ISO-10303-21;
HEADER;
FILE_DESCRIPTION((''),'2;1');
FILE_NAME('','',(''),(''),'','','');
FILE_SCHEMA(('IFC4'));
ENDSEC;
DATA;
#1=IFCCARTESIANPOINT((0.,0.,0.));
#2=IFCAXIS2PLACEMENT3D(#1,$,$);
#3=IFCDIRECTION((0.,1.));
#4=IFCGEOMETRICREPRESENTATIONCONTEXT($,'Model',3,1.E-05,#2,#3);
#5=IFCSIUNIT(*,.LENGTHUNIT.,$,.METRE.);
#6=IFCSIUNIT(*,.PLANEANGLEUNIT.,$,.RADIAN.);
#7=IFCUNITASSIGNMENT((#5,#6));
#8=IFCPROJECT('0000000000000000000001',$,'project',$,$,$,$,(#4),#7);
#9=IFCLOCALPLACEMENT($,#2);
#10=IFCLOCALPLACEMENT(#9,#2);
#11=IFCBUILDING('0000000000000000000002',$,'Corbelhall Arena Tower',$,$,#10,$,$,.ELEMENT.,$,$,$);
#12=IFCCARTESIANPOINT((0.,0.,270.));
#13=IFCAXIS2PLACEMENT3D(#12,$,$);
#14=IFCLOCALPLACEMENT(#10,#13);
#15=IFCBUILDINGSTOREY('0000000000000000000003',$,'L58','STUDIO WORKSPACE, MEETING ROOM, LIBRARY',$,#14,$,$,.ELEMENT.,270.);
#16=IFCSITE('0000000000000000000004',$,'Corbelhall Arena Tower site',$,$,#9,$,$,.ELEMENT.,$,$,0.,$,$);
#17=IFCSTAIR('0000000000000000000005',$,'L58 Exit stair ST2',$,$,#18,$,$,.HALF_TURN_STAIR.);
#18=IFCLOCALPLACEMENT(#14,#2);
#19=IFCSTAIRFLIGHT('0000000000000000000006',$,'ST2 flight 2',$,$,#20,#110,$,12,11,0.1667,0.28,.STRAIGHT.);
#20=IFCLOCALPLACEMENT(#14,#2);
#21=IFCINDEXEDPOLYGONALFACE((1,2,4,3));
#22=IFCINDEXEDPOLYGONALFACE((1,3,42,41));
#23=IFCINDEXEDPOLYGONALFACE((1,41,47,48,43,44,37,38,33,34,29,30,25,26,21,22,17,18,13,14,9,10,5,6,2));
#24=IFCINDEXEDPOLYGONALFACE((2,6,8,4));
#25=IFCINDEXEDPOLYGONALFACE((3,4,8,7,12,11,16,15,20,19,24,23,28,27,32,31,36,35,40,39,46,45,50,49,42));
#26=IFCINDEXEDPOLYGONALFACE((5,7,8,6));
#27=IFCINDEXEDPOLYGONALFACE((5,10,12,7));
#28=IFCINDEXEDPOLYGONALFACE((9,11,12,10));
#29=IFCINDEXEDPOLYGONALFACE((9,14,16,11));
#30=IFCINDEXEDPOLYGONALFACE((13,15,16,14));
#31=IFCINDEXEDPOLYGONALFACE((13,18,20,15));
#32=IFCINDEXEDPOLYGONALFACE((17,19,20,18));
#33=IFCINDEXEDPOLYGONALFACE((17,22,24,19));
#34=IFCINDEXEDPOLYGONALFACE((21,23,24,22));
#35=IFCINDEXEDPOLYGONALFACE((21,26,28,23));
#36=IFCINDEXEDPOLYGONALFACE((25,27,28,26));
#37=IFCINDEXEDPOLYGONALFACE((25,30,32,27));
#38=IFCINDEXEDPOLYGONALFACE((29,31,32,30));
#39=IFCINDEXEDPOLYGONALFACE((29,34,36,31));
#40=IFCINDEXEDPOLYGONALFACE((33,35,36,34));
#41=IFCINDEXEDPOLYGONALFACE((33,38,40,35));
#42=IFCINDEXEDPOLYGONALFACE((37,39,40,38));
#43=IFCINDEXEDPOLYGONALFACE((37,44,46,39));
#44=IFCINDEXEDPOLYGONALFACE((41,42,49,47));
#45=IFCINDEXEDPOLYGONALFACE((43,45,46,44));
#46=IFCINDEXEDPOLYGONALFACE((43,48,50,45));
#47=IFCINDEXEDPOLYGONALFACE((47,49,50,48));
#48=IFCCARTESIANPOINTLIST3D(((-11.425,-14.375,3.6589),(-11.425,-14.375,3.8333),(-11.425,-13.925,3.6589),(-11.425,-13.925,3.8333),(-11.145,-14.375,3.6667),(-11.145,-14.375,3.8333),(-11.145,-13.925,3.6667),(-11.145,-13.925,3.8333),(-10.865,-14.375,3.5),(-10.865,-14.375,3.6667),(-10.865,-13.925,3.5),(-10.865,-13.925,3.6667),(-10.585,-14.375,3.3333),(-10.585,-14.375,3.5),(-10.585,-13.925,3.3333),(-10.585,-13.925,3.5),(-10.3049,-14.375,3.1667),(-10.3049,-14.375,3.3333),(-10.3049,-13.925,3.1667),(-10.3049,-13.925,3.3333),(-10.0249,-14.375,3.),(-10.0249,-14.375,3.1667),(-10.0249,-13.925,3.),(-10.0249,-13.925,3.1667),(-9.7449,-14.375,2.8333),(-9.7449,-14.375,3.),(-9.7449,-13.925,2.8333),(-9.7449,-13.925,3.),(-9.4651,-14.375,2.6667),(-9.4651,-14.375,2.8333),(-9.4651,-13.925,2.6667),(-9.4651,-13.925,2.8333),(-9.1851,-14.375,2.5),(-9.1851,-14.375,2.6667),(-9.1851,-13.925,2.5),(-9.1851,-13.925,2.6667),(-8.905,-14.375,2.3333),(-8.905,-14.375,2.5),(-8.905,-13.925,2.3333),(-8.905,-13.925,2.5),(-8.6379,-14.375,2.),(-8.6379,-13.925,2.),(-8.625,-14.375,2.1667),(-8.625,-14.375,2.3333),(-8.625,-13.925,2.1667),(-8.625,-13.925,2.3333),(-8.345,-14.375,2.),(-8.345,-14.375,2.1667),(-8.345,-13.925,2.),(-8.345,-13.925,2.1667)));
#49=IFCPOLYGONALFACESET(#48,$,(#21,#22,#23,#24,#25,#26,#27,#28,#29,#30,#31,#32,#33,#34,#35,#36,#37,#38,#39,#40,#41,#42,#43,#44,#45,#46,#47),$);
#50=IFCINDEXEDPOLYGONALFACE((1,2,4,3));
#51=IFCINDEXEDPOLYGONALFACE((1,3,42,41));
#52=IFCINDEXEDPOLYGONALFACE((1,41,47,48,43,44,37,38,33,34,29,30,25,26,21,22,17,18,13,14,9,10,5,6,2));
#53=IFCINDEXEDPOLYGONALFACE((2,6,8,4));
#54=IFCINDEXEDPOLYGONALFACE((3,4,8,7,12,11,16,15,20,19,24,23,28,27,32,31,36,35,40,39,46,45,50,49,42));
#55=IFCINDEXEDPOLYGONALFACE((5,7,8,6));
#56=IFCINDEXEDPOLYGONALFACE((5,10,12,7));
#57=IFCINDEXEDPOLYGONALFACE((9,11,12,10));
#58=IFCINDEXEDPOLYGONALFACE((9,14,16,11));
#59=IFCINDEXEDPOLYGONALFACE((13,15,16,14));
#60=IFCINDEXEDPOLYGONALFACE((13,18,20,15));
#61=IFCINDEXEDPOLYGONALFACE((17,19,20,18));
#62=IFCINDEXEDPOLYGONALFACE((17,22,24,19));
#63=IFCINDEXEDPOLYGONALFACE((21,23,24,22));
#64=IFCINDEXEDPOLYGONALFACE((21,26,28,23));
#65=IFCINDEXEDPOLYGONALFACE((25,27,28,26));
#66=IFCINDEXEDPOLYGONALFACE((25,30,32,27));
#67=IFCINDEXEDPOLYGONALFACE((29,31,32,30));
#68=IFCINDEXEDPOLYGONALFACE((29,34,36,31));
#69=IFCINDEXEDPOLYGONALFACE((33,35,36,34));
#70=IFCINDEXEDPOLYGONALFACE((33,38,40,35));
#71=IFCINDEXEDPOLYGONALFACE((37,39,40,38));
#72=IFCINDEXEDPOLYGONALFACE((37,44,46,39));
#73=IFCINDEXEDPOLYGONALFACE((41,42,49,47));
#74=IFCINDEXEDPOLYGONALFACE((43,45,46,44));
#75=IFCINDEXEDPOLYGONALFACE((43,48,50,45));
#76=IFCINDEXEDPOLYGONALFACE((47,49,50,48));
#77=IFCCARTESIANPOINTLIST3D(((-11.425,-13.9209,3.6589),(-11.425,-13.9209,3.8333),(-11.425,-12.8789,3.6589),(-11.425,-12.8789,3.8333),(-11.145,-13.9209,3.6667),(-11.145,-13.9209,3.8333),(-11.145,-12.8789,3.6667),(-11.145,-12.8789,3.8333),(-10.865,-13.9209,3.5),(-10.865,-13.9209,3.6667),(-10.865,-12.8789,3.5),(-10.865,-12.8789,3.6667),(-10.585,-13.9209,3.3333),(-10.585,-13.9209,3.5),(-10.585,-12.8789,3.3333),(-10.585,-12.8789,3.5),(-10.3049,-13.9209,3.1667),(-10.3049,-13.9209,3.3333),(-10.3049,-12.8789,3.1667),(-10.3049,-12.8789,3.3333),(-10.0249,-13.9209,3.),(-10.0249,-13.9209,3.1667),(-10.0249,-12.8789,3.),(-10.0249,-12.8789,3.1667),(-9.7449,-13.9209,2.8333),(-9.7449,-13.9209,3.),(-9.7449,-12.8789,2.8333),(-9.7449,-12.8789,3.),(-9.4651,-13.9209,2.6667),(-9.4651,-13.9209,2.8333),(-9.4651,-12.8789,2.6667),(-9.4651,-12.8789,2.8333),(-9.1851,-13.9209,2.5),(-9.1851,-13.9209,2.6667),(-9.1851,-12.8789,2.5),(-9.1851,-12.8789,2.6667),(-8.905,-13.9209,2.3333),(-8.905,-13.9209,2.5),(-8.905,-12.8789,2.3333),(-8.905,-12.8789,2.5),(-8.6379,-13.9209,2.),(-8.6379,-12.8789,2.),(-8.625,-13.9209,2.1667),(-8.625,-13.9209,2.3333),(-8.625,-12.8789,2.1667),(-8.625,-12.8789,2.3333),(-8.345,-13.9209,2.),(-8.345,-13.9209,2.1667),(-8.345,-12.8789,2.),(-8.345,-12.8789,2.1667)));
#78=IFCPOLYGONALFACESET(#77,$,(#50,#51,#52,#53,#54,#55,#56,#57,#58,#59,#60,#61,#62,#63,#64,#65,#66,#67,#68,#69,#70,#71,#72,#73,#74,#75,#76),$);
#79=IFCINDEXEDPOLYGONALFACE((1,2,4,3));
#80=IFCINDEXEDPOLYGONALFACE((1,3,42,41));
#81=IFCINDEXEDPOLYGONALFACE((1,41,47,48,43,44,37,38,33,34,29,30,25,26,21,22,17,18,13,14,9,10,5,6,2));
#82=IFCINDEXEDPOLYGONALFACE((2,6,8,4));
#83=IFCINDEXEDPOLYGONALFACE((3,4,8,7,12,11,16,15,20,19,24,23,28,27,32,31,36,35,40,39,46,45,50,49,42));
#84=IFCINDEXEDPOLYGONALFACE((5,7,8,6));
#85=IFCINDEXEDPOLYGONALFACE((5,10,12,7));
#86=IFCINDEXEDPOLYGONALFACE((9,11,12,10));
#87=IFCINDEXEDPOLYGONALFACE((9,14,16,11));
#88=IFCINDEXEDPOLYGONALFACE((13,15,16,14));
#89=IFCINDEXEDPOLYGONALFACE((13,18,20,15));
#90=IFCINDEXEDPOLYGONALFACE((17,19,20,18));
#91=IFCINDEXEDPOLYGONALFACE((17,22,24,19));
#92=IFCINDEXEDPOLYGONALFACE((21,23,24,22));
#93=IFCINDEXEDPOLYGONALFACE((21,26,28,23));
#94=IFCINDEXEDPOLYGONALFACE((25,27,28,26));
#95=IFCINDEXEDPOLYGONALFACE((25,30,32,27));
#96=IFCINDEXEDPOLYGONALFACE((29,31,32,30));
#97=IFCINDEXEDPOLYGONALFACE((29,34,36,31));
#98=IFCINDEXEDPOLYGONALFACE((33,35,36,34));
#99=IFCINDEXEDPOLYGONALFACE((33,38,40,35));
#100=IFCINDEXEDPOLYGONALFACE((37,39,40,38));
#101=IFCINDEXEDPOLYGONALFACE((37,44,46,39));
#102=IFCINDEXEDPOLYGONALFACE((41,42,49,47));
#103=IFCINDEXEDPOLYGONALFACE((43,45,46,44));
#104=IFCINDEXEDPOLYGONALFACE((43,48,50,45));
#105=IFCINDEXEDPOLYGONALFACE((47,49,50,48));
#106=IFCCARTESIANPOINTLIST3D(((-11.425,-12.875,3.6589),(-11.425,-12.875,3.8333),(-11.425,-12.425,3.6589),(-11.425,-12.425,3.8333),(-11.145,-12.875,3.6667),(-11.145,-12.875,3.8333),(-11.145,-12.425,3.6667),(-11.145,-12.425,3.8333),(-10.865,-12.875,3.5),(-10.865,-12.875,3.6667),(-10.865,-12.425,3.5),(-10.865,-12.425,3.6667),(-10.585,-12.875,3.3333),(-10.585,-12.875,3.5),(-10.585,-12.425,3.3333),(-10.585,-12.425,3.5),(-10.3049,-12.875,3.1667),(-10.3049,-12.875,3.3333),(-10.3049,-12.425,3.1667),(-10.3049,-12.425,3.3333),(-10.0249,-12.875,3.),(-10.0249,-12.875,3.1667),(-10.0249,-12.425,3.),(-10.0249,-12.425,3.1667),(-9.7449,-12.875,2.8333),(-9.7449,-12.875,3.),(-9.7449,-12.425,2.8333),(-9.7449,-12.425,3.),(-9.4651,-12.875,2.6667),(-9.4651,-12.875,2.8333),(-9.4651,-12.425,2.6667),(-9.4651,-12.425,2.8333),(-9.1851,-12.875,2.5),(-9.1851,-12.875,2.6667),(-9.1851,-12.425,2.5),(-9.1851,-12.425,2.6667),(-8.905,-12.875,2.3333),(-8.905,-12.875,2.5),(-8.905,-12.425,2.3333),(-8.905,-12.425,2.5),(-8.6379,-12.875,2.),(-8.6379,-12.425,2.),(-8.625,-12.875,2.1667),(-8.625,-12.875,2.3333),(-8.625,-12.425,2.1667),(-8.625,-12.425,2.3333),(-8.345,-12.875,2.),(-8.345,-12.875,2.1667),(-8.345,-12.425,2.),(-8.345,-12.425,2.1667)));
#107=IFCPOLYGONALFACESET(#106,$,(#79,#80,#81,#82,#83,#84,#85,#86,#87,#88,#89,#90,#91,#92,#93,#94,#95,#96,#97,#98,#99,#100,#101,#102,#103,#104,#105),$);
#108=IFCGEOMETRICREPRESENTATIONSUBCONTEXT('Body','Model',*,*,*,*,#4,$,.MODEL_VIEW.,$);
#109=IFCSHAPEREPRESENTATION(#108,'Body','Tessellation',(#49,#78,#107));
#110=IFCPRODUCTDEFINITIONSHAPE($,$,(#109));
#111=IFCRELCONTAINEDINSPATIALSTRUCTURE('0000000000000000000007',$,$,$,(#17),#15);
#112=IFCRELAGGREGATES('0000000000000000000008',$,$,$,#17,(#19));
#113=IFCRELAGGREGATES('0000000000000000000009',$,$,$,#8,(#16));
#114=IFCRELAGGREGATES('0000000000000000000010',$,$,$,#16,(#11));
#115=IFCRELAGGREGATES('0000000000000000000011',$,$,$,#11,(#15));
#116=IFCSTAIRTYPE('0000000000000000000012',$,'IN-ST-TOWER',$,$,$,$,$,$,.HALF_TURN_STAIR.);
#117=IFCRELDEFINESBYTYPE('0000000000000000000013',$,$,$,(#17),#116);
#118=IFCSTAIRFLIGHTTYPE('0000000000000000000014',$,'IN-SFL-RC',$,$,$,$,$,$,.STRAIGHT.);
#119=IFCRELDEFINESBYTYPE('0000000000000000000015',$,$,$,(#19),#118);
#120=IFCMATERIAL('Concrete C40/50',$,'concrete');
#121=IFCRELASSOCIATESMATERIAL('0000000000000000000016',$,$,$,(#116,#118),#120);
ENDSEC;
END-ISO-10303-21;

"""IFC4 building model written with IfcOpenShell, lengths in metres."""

from ifc_helpers import new_model, si_unit, direction, frame, origin, place, context, subcontext, project, spatial, polyline, outline, extrude, material, type_object, element, aggregate, save


model = new_model("IFC4")

# Units and contexts
model_context = context("Model", 3, precision=1e-05, world=origin(), true_north=direction((0.0, 1.0)))
body_context = subcontext(model_context, "Body", "Model", "MODEL_VIEW")
ifc_project = project(units=[si_unit("LENGTHUNIT", "METRE"), si_unit("PLANEANGLEUNIT", "RADIAN")], contexts=[model_context])

# Site, building, storey
site_placement = place(None, origin())
site = spatial("IfcSite", under=ifc_project, at=site_placement, Name="Corbelhall Arena Tower site", CompositionType="ELEMENT", RefElevation=0.0)
building_placement = place(site_placement, origin())
building = spatial("IfcBuilding", under=site, at=building_placement, Name="Corbelhall Arena Tower", CompositionType="ELEMENT")
storey_placement = place(building_placement, frame((0.0, 0.0, 270.0)))
storey = spatial("IfcBuildingStorey", under=building, at=storey_placement, Name="L58", Description="STUDIO WORKSPACE, MEETING ROOM, LIBRARY", CompositionType="ELEMENT", Elevation=270.0)

# Shared definitions
ifc_material_1 = material(Name="Concrete C40/50", Category="concrete")

# Stair, stair flight
stair_type = type_object("IfcStairType", Name="IN-ST-TOWER", PredefinedType="HALF_TURN_STAIR", material=ifc_material_1)
stair_placement = place(storey_placement, origin())
stair = element("IfcStair", 1, at=stair_placement, inside=storey, type_object=stair_type, Name="L58 Exit stair ST2", PredefinedType="HALF_TURN_STAIR")
stair_flight_type = type_object("IfcStairFlightType", Name="IN-SFL-RC", PredefinedType="STRAIGHT", material=ifc_material_1)
stair_flight_1_placement = place(storey_placement, frame((-8.345, -13.3999, 2.0), z_axis=(0.0, 0.0, 1.0), x_axis=(-1.0, 0.0, 0.0)))
stair_flight_1 = element("IfcStairFlight", 2, at=stair_flight_1_placement, type_object=stair_flight_type, Name="ST2 flight 2", NumberOfRisers=12, NumberOfTreads=11, PredefinedType="STRAIGHT", RiserHeight=0.1667, TreadLength=0.28, context=body_context, shape_type="SweptSolid", body=[
    extrude(outline(polyline([(0.0, 0.0), (0.0, 0.1667), (0.28, 0.1667), (0.28, 0.3333), (0.5601, 0.3333), (0.5601, 0.5), (0.8401, 0.5), (0.8401, 0.6667), (1.1201, 0.6667), (1.1201, 0.8333), (1.3999, 0.8333), (1.3999, 1.0), (1.6799, 1.0), (1.6799, 1.1667), (1.96, 1.1667), (1.96, 1.3333), (2.24, 1.3333), (2.24, 1.5), (2.52, 1.5), (2.52, 1.6667), (2.8, 1.6667), (2.8, 1.8333), (3.0801, 1.8333), (3.0801, 2.0), (3.0801, 1.6589), (0.293, 0.0), (0.0, 0.0)])), frame((0.0, 0.9751, 0.0), z_axis=(0.0, -1.0, 0.0), x_axis=(1.0, 0.0, 0.0)), (0.0, 0.0, 1.0), 0.45),
    extrude(outline(polyline([(0.0, 0.0), (0.0, 0.1667), (0.28, 0.1667), (0.28, 0.3333), (0.5601, 0.3333), (0.5601, 0.5), (0.8401, 0.5), (0.8401, 0.6667), (1.1201, 0.6667), (1.1201, 0.8333), (1.3999, 0.8333), (1.3999, 1.0), (1.6799, 1.0), (1.6799, 1.1667), (1.96, 1.1667), (1.96, 1.3333), (2.24, 1.3333), (2.24, 1.5), (2.52, 1.5), (2.52, 1.6667), (2.8, 1.6667), (2.8, 1.8333), (3.0801, 1.8333), (3.0801, 2.0), (3.0801, 1.6589), (0.293, 0.0), (0.0, 0.0)])), frame((0.0, 0.521, 0.0), z_axis=(0.0, -1.0, 0.0), x_axis=(1.0, 0.0, 0.0)), (0.0, 0.0, 1.0), 1.042),
    extrude(outline(polyline([(0.0, 0.0), (0.0, 0.1667), (0.28, 0.1667), (0.28, 0.3333), (0.5601, 0.3333), (0.5601, 0.5), (0.8401, 0.5), (0.8401, 0.6667), (1.1201, 0.6667), (1.1201, 0.8333), (1.3999, 0.8333), (1.3999, 1.0), (1.6799, 1.0), (1.6799, 1.1667), (1.96, 1.1667), (1.96, 1.3333), (2.24, 1.3333), (2.24, 1.5), (2.52, 1.5), (2.52, 1.6667), (2.8, 1.6667), (2.8, 1.8333), (3.0801, 1.8333), (3.0801, 2.0), (3.0801, 1.6589), (0.293, 0.0), (0.0, 0.0)])), frame((0.0, -0.5249, 0.0), z_axis=(0.0, -1.0, 0.0), x_axis=(1.0, 0.0, 0.0)), (0.0, 0.0, 1.0), 0.45),
])
aggregate(stair, [stair_flight_1])

save(model, "model.ifc")
